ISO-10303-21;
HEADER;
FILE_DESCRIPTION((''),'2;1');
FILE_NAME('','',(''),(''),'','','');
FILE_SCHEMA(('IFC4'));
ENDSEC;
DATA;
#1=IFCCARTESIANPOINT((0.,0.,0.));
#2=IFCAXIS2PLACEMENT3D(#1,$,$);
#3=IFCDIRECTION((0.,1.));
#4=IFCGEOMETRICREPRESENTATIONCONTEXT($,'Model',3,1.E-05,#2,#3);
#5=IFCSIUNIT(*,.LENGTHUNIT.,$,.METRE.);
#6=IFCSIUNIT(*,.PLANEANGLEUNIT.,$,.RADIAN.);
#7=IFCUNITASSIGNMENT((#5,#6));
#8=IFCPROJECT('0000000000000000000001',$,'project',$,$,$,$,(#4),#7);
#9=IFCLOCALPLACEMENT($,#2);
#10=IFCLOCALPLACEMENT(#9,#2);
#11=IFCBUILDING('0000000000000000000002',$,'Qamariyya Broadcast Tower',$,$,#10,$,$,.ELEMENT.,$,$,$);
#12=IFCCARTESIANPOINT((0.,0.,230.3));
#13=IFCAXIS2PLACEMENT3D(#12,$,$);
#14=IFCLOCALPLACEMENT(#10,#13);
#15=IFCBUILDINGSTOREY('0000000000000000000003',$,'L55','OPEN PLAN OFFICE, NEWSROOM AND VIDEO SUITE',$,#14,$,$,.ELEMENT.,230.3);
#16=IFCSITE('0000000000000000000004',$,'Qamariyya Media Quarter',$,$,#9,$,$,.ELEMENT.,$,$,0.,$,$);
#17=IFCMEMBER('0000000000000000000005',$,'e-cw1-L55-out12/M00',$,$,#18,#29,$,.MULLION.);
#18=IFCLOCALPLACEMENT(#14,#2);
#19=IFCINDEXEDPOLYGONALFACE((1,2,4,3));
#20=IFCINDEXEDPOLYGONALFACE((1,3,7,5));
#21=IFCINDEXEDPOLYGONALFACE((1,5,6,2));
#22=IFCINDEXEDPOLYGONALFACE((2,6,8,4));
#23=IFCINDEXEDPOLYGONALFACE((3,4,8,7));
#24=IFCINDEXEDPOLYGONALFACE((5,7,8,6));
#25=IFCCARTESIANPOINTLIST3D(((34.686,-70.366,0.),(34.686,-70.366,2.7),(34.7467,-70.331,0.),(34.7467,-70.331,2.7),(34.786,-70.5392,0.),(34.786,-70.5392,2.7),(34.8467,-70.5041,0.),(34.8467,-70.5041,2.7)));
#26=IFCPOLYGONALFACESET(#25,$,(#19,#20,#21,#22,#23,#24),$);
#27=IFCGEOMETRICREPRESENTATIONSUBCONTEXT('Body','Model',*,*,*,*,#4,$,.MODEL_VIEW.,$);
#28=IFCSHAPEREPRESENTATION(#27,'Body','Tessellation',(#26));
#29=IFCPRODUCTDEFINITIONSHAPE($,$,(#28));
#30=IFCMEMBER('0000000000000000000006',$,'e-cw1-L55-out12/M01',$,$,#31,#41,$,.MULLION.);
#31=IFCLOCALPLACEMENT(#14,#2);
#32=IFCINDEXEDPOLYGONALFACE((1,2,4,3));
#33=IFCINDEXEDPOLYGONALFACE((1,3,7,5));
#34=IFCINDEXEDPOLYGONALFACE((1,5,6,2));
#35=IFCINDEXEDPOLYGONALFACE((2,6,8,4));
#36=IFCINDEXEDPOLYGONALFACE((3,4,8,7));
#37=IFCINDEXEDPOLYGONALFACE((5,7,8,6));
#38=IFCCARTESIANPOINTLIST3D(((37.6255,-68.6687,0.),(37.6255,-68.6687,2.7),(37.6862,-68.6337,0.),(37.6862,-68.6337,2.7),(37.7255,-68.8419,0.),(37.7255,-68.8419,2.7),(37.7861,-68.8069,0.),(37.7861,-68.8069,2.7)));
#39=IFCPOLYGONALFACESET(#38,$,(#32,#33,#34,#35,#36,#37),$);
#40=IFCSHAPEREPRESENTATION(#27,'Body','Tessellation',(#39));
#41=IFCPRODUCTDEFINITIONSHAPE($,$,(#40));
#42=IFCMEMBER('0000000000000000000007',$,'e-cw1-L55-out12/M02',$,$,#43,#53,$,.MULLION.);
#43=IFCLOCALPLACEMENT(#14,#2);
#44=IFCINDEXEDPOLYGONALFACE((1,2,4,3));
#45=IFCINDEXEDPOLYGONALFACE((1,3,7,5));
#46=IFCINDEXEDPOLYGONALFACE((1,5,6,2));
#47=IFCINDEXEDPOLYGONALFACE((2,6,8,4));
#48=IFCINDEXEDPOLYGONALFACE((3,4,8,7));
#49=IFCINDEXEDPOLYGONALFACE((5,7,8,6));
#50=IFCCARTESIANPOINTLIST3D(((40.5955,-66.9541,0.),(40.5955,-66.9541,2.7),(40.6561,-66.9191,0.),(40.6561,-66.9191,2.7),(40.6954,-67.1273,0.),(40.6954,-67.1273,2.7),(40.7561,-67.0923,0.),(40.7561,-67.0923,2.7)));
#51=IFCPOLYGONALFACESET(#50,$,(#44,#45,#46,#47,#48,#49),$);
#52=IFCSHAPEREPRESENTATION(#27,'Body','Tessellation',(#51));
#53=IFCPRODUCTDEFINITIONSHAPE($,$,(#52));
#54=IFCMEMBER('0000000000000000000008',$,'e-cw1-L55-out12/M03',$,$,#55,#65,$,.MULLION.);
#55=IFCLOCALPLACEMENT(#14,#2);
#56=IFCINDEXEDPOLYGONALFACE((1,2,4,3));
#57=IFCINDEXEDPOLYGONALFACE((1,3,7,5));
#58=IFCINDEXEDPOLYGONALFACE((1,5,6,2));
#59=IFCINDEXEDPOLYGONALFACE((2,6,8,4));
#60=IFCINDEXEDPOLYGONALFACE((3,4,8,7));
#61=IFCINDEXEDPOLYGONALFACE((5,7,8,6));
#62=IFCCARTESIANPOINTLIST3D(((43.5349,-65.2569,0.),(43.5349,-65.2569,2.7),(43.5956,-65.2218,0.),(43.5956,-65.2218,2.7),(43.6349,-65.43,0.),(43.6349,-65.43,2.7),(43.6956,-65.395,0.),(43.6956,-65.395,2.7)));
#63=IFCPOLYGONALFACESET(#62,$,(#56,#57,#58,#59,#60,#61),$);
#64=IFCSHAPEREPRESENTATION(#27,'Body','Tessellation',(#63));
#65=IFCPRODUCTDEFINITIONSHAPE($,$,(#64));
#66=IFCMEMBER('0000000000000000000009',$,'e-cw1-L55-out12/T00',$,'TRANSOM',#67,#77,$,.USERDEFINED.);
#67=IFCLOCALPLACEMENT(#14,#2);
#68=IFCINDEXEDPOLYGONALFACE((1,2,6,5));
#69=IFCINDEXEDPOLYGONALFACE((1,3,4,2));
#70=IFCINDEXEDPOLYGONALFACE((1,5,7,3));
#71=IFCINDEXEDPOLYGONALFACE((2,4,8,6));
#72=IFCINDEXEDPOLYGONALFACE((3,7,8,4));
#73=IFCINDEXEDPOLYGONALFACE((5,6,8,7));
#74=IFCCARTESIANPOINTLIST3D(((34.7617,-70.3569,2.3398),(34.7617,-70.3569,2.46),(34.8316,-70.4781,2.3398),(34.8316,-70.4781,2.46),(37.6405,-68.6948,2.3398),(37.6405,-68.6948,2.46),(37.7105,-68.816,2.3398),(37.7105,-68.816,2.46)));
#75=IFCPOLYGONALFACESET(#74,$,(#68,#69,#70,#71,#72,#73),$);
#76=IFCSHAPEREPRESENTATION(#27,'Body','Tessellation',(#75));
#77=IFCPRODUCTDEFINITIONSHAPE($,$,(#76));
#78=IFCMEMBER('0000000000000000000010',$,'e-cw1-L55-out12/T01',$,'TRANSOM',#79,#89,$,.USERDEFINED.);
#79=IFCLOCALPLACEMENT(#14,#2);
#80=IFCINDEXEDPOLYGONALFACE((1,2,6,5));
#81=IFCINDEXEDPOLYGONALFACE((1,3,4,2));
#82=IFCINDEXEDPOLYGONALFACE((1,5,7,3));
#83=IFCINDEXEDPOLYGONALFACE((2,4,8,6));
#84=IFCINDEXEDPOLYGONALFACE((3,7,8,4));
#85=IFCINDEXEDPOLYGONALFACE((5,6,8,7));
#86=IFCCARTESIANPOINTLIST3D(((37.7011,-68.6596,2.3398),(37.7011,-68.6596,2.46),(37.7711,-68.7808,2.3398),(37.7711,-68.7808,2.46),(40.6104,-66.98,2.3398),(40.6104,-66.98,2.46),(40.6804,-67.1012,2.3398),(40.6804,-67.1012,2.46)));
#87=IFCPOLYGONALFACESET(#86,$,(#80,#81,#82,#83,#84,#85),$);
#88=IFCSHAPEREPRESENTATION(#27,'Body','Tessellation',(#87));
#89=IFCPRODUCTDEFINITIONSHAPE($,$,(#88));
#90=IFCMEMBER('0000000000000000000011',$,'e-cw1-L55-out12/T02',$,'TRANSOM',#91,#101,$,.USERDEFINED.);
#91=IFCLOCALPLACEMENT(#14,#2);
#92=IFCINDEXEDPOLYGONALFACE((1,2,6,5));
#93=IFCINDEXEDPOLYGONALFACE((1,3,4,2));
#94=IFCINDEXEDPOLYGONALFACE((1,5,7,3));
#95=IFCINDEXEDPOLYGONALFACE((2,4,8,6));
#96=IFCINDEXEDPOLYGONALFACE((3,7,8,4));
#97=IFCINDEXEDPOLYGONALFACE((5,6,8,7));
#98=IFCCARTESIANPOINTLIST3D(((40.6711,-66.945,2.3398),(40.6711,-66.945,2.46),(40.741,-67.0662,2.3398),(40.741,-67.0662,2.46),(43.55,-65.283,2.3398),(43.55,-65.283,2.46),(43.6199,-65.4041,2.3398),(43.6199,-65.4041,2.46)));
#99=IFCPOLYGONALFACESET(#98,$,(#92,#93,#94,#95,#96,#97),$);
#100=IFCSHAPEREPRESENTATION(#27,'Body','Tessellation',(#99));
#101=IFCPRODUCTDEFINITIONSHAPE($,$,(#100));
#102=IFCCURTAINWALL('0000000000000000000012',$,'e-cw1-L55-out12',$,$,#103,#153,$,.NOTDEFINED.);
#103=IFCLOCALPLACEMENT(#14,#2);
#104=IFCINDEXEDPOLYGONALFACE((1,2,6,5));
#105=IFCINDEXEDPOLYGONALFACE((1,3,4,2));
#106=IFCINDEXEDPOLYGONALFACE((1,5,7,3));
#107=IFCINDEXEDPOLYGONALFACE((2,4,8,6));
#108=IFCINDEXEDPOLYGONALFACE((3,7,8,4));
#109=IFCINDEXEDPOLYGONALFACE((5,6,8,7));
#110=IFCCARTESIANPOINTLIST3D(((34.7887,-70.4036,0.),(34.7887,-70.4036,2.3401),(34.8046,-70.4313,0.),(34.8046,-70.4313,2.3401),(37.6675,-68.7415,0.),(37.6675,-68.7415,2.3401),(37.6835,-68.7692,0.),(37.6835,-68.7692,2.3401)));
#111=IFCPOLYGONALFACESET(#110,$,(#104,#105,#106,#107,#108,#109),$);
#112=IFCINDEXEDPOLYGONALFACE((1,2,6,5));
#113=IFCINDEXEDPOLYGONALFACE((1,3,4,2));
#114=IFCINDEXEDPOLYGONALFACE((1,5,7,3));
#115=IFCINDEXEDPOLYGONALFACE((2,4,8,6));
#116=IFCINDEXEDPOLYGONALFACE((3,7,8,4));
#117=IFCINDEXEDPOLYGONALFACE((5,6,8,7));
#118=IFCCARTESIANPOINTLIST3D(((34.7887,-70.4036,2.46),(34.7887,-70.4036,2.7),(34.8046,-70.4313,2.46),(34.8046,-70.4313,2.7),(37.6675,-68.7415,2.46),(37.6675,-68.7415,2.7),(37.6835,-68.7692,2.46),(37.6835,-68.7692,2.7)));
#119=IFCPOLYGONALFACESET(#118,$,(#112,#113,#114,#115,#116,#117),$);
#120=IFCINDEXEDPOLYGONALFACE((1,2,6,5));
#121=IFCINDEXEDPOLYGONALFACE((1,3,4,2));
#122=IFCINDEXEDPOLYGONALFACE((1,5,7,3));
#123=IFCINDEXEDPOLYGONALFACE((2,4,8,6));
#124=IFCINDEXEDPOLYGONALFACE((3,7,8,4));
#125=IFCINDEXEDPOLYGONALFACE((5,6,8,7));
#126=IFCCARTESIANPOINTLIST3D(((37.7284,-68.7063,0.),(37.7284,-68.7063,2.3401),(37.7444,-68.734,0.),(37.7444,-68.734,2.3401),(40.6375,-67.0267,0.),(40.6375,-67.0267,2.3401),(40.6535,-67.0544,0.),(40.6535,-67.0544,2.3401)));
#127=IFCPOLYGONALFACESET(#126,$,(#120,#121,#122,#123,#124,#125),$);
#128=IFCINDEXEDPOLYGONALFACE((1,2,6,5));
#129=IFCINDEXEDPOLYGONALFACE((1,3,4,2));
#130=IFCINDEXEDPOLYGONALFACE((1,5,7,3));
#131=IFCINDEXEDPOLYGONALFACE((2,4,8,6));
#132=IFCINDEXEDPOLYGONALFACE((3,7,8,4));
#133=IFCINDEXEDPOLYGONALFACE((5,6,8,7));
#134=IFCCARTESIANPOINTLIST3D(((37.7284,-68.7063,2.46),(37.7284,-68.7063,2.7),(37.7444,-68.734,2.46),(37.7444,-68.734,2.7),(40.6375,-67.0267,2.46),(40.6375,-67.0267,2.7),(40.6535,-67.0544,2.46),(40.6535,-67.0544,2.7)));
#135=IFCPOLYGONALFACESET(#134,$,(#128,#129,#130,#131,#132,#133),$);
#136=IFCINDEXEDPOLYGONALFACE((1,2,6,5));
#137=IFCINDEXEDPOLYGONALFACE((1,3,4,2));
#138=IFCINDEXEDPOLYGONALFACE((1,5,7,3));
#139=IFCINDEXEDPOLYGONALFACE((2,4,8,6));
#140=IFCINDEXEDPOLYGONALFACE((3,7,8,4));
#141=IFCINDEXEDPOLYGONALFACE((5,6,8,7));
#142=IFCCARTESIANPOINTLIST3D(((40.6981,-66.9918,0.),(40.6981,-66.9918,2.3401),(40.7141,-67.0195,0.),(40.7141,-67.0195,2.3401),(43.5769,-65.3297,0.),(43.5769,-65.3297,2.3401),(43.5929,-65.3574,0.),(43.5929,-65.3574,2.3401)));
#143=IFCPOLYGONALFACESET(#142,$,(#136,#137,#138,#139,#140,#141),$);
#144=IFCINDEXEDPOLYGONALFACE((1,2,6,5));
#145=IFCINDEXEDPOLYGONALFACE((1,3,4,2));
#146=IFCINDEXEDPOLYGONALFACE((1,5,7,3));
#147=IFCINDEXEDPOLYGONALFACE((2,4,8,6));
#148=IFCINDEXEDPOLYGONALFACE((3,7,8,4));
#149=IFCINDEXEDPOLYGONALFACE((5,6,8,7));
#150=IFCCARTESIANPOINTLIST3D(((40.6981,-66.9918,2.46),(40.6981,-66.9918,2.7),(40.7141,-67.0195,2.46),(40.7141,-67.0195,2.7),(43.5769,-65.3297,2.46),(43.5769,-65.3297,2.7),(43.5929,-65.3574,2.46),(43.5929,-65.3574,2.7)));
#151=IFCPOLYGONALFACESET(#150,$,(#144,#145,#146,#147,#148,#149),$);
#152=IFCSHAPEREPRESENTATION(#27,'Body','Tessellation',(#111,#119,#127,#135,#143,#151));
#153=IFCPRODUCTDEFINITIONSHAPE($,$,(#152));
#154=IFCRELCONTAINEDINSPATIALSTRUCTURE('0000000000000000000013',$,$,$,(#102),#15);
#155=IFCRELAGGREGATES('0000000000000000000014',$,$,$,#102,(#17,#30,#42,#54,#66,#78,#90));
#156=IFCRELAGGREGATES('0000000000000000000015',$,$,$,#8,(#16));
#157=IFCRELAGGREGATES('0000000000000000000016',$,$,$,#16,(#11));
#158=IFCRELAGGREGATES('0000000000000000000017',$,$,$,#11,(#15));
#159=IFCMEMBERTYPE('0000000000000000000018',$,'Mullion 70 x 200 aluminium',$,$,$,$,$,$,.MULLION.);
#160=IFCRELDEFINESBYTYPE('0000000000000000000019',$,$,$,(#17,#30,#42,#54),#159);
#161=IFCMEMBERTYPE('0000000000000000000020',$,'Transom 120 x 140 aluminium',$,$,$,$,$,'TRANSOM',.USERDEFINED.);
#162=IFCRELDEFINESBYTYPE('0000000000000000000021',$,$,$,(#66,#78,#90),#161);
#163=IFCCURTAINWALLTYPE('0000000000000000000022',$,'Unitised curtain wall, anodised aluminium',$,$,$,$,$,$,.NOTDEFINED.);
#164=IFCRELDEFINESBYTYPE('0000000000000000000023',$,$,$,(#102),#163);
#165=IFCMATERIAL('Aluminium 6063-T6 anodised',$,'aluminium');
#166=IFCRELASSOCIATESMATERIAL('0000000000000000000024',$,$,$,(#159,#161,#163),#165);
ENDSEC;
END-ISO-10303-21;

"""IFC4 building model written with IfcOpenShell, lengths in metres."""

from ifc_helpers import new_model, si_unit, direction, frame, origin, origin_2d, place, context, subcontext, project, spatial, rectangle, extrude, material, material_profile, profile_set, type_object, element, aggregate, save


model = new_model("IFC4")

# Units and contexts
model_context = context("Model", 3, precision=1e-05, world=origin(), true_north=direction((0.0, 1.0)))
body_context = subcontext(model_context, "Body", "Model", "MODEL_VIEW")
ifc_project = project(units=[si_unit("LENGTHUNIT", "METRE"), si_unit("PLANEANGLEUNIT", "RADIAN")], contexts=[model_context])

# Members
ifc_material = material(Name="Aluminium 6063-T6 anodised", Category="aluminium")
ifc_material_profile_1 = material_profile(ifc_material, rectangle(XDim=0.2, YDim=0.0701, at=origin_2d()))
ifc_profile_set_1 = profile_set([ifc_material_profile_1], Name="Aluminium 6063-T6 anodised")
member_type_1 = type_object("IfcMemberType", Name="Mullion 70 x 200 aluminium", PredefinedType="MULLION", material=ifc_profile_set_1)
site_placement = place(None, origin())
building_placement = place(site_placement, origin())
storey_placement = place(building_placement, frame((0.0, 0.0, 230.3)))
member_1_placement = place(storey_placement, frame((34.7664, -70.4351, 0.0), z_axis=(0.0, 0.0, 1.0), x_axis=(-0.5, 0.866025, 0.0)))
member_1 = element("IfcMember", 1, at=member_1_placement, type_object=member_type_1, Name="e-cw1-L55-out12/M00", PredefinedType="MULLION", context=body_context, shape_type="SweptSolid", body=[
    extrude(rectangle(XDim=0.2, YDim=0.0701, at=origin_2d()), origin(), (0.0, 0.0, 1.0), 2.7),
])
member_2_placement = place(storey_placement, frame((37.7058, -68.7378, 0.0), z_axis=(0.0, 0.0, 1.0), x_axis=(-0.5, 0.866025, 0.0)))
member_2 = element("IfcMember", 2, at=member_2_placement, type_object=member_type_1, Name="e-cw1-L55-out12/M01", PredefinedType="MULLION", context=body_context, shape_type="SweptSolid", body=[
    extrude(rectangle(XDim=0.2, YDim=0.0701, at=origin_2d()), origin(), (0.0, 0.0, 1.0), 2.7),
])
member_3_placement = place(storey_placement, frame((40.6758, -67.0232, 0.0), z_axis=(0.0, 0.0, 1.0), x_axis=(-0.5, 0.866025, 0.0)))
member_3 = element("IfcMember", 3, at=member_3_placement, type_object=member_type_1, Name="e-cw1-L55-out12/M02", PredefinedType="MULLION", context=body_context, shape_type="SweptSolid", body=[
    extrude(rectangle(XDim=0.2, YDim=0.0701, at=origin_2d()), origin(), (0.0, 0.0, 1.0), 2.7),
])
member_4_placement = place(storey_placement, frame((43.6152, -65.3259, 0.0), z_axis=(0.0, 0.0, 1.0), x_axis=(-0.5, 0.866025, 0.0)))
member_4 = element("IfcMember", 4, at=member_4_placement, type_object=member_type_1, Name="e-cw1-L55-out12/M03", PredefinedType="MULLION", context=body_context, shape_type="SweptSolid", body=[
    extrude(rectangle(XDim=0.2, YDim=0.0701, at=origin_2d()), origin(), (0.0, 0.0, 1.0), 2.7),
])
ifc_material_profile_2 = material_profile(ifc_material, rectangle(XDim=0.1399, YDim=0.1201, at=origin_2d()))
ifc_profile_set_2 = profile_set([ifc_material_profile_2], Name="Aluminium 6063-T6 anodised")
member_type_2 = type_object("IfcMemberType", Name="Transom 120 x 140 aluminium", ElementType="TRANSOM", PredefinedType="USERDEFINED", material=ifc_profile_set_2)
member_5_placement = place(storey_placement, frame((34.7966, -70.4175, 2.3999), z_axis=(0.866029, 0.499994, 0.0), x_axis=(-0.499994, 0.866029, 0.0)))
member_5 = element("IfcMember", 5, at=member_5_placement, type_object=member_type_2, Name="e-cw1-L55-out12/T00", ObjectType="TRANSOM", PredefinedType="USERDEFINED", context=body_context, shape_type="SweptSolid", body=[
    extrude(rectangle(XDim=0.1399, YDim=0.1201, at=origin_2d()), origin(), (0.0, 0.0, 1.0), 3.3242),
])
member_6_placement = place(storey_placement, frame((37.7361, -68.7202, 2.3999), z_axis=(0.866034, 0.499985, 0.0), x_axis=(-0.499985, 0.866034, 0.0)))
member_6 = element("IfcMember", 6, at=member_6_placement, type_object=member_type_2, Name="e-cw1-L55-out12/T01", ObjectType="TRANSOM", PredefinedType="USERDEFINED", context=body_context, shape_type="SweptSolid", body=[
    extrude(rectangle(XDim=0.1399, YDim=0.1201, at=origin_2d()), origin(), (0.0, 0.0, 1.0), 3.3594),
])
member_7_placement = place(storey_placement, frame((40.7061, -67.0056, 2.3999), z_axis=(0.866029, 0.499994, 0.0), x_axis=(-0.499994, 0.866029, 0.0)))
member_7 = element("IfcMember", 7, at=member_7_placement, type_object=member_type_2, Name="e-cw1-L55-out12/T02", ObjectType="TRANSOM", PredefinedType="USERDEFINED", context=body_context, shape_type="SweptSolid", body=[
    extrude(rectangle(XDim=0.1399, YDim=0.1201, at=origin_2d()), origin(), (0.0, 0.0, 1.0), 3.3242),
])

# Site, building, storey
site = spatial("IfcSite", under=ifc_project, at=site_placement, Name="Qamariyya Media Quarter", CompositionType="ELEMENT", RefElevation=0.0)
building = spatial("IfcBuilding", under=site, at=building_placement, Name="Qamariyya Broadcast Tower", CompositionType="ELEMENT")
storey = spatial("IfcBuildingStorey", under=building, at=storey_placement, Name="L55", Description="OPEN PLAN OFFICE, NEWSROOM AND VIDEO SUITE", CompositionType="ELEMENT", Elevation=230.3)

# Curtain wall
curtain_wall_type = type_object("IfcCurtainWallType", Name="Unitised curtain wall, anodised aluminium", PredefinedType="NOTDEFINED", material=ifc_material)
curtain_wall_1_placement = place(storey_placement, origin())
curtain_wall_1 = element("IfcCurtainWall", 8, at=curtain_wall_1_placement, inside=storey, type_object=curtain_wall_type, Name="e-cw1-L55-out12", PredefinedType="NOTDEFINED", context=body_context, shape_type="SweptSolid", body=[
    extrude(rectangle(XDim=3.3242, YDim=0.032, at=origin_2d()), frame((36.2361, -69.5864, 0.0), x_axis=(0.866028, 0.499996, 0.0)), (0.0, 0.0, 1.0), 2.3401),
    extrude(rectangle(XDim=3.3242, YDim=0.032, at=origin_2d()), frame((36.2361, -69.5864, 2.46), x_axis=(0.866028, 0.499996, 0.0)), (0.0, 0.0, 1.0), 0.24),
    extrude(rectangle(XDim=3.3591, YDim=0.032, at=origin_2d()), frame((39.1909, -67.8804, 0.0), x_axis=(0.866028, 0.499996, 0.0)), (0.0, 0.0, 1.0), 2.3401),
    extrude(rectangle(XDim=3.3591, YDim=0.032, at=origin_2d()), frame((39.1909, -67.8804, 2.46), x_axis=(0.866028, 0.499996, 0.0)), (0.0, 0.0, 1.0), 0.24),
    extrude(rectangle(XDim=3.3242, YDim=0.032, at=origin_2d()), frame((42.1455, -66.1746, 0.0), x_axis=(0.866028, 0.499996, 0.0)), (0.0, 0.0, 1.0), 2.3401),
    extrude(rectangle(XDim=3.3242, YDim=0.032, at=origin_2d()), frame((42.1455, -66.1746, 2.46), x_axis=(0.866028, 0.499996, 0.0)), (0.0, 0.0, 1.0), 0.24),
])
aggregate(curtain_wall_1, [member_1, member_2, member_3, member_4, member_5, member_6, member_7])

save(model, "model.ifc")
